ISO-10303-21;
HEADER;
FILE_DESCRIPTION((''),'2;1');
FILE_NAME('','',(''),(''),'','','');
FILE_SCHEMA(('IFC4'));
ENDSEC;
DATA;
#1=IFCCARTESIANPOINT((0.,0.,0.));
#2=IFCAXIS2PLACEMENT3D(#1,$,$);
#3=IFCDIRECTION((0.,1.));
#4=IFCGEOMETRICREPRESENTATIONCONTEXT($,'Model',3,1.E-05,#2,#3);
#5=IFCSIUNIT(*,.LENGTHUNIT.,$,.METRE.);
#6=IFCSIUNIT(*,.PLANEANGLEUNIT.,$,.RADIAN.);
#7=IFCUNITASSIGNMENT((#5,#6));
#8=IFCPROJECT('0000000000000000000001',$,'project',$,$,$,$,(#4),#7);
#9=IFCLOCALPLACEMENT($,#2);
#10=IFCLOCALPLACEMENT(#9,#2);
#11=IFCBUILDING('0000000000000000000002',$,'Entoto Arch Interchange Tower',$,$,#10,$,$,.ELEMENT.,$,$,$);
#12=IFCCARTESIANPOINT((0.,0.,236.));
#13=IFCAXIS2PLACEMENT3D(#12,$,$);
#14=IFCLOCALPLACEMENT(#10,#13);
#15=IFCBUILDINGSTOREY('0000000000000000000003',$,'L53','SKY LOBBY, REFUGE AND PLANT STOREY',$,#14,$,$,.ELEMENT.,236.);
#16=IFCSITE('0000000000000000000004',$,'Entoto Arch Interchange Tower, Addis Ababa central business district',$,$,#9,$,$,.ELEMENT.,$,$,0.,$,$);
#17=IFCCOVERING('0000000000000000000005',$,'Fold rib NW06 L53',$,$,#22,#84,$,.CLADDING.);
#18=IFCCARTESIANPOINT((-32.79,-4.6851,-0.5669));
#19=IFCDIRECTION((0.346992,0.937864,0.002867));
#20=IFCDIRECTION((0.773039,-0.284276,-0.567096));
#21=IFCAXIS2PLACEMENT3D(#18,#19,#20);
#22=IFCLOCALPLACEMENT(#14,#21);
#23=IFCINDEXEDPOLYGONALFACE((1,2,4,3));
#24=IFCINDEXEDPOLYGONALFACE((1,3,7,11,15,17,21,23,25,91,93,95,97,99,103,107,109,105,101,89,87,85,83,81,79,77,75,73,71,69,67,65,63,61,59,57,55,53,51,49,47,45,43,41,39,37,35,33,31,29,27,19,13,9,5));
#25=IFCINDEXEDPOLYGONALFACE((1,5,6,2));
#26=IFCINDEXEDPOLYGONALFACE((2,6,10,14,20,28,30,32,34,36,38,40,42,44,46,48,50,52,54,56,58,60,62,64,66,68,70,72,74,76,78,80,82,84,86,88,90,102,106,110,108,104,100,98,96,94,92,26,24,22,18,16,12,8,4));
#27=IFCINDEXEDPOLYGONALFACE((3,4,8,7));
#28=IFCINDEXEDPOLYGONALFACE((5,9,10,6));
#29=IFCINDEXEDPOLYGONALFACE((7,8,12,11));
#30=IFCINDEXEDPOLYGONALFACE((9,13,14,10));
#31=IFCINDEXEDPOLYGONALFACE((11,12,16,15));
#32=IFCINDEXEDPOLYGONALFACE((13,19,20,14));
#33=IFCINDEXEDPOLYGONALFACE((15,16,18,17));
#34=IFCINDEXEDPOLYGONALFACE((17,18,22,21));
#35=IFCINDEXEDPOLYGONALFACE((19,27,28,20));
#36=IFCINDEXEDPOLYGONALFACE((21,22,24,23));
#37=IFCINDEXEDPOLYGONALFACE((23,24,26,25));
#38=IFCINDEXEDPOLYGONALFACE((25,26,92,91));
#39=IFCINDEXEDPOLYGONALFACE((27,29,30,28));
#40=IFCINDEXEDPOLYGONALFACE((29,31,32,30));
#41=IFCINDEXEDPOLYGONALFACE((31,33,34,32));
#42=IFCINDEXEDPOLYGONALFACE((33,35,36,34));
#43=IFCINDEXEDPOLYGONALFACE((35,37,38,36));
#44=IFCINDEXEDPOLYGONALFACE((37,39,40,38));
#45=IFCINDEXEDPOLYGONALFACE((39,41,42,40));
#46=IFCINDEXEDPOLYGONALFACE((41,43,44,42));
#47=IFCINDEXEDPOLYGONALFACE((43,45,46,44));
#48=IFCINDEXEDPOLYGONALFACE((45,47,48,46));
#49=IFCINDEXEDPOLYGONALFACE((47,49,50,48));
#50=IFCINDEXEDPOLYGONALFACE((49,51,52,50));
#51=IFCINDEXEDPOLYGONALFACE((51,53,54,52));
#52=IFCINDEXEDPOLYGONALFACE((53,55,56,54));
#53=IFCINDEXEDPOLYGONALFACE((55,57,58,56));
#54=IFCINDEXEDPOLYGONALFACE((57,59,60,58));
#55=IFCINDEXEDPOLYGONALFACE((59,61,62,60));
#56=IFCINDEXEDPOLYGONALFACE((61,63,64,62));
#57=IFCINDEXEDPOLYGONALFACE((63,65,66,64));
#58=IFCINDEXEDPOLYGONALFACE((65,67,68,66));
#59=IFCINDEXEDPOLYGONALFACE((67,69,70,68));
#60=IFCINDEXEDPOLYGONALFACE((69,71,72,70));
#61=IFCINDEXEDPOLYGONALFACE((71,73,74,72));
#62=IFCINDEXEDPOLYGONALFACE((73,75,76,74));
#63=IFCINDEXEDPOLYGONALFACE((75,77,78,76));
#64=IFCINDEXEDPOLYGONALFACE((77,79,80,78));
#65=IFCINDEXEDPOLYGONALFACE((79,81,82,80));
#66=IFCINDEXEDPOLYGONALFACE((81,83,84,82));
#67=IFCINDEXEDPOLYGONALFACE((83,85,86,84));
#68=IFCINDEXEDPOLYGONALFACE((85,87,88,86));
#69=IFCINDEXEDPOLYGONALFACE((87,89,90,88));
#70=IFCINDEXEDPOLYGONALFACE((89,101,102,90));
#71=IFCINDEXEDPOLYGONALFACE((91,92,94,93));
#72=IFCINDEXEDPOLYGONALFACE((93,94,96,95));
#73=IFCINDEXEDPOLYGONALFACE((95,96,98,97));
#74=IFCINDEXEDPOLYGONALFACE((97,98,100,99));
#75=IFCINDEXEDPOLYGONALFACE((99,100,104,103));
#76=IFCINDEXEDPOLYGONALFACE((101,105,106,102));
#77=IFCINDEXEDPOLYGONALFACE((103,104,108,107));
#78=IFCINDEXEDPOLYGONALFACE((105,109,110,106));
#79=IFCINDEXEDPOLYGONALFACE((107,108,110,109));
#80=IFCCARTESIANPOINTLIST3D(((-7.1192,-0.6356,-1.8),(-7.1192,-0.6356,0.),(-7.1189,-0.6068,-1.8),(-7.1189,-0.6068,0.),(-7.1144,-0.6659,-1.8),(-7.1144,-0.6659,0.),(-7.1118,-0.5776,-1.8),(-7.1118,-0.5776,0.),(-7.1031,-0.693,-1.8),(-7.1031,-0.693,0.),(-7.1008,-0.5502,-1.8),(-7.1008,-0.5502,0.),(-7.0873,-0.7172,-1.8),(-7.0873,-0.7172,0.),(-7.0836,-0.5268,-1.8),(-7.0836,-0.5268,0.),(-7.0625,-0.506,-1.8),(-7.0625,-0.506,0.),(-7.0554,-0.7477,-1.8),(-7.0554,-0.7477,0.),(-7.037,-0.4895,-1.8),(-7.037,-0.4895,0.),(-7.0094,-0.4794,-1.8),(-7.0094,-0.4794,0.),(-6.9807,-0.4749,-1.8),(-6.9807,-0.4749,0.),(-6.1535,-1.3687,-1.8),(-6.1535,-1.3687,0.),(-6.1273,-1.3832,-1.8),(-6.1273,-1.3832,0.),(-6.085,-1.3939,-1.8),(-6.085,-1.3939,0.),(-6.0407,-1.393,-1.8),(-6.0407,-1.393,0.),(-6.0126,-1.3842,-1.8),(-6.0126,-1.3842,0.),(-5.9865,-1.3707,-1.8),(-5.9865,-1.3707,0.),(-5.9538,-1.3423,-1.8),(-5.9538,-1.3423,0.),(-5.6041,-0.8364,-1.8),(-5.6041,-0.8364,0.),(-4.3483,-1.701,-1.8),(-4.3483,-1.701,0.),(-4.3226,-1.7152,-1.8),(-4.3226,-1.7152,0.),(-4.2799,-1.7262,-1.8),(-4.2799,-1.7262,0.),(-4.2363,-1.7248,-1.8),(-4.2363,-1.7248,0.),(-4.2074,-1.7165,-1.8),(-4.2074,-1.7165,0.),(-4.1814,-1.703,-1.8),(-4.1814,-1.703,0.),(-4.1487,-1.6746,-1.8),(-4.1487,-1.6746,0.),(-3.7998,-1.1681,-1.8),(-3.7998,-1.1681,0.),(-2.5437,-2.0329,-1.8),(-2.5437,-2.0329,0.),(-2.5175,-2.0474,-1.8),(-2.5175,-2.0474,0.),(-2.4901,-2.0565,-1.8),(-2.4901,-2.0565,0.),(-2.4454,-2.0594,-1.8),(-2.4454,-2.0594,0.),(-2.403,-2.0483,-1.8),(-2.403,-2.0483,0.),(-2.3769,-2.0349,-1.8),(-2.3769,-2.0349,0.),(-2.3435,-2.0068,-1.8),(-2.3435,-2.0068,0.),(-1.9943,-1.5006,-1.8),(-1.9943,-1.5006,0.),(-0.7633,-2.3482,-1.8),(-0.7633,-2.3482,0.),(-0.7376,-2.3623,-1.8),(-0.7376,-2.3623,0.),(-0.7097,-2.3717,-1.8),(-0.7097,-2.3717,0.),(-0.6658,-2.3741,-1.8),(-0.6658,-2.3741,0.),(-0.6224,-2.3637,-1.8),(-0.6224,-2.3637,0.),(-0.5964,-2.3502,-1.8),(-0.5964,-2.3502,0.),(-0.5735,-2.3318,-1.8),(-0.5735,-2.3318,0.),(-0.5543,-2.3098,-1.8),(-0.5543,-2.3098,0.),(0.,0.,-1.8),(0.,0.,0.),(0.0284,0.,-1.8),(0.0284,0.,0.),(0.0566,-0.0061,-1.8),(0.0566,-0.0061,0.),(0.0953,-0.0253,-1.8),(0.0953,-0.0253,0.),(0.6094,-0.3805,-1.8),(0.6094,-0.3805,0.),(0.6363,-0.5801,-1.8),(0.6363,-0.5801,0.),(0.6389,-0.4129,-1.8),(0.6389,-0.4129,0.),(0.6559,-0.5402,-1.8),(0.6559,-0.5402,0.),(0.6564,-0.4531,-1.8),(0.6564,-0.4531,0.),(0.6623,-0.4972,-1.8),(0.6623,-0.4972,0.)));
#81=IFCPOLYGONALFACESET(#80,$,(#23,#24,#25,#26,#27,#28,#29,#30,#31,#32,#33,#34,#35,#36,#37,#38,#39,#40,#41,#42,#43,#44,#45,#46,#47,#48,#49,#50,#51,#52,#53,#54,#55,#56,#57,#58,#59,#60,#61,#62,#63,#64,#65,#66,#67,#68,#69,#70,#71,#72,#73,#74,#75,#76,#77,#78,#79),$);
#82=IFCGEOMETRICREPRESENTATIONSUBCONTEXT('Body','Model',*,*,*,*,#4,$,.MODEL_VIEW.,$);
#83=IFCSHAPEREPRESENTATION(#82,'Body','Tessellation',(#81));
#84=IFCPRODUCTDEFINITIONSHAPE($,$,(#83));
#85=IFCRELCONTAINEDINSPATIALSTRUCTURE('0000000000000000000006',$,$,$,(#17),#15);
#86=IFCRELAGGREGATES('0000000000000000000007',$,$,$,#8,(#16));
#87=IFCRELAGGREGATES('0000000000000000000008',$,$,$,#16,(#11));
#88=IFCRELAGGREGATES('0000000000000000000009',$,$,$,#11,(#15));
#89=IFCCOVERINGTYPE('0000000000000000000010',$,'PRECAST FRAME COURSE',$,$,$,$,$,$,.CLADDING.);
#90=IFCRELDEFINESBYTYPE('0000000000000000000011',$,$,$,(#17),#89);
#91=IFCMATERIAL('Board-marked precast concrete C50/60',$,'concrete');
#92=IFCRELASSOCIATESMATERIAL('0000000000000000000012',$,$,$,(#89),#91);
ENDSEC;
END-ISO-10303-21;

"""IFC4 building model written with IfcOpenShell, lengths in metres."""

from ifc_helpers import new_model, si_unit, direction, frame, origin, place, context, subcontext, project, spatial, polyline, outline, extrude, material, type_object, element, save


model = new_model("IFC4")

# Units and contexts
model_context = context("Model", 3, precision=1e-05, world=origin(), true_north=direction((0.0, 1.0)))
body_context = subcontext(model_context, "Body", "Model", "MODEL_VIEW")
ifc_project = project(units=[si_unit("LENGTHUNIT", "METRE"), si_unit("PLANEANGLEUNIT", "RADIAN")], contexts=[model_context])

# Site, building, storey
site_placement = place(None, origin())
site = spatial("IfcSite", under=ifc_project, at=site_placement, Name="Entoto Arch Interchange Tower, Addis Ababa central business district", CompositionType="ELEMENT", RefElevation=0.0)
building_placement = place(site_placement, origin())
building = spatial("IfcBuilding", under=site, at=building_placement, Name="Entoto Arch Interchange Tower", CompositionType="ELEMENT")
storey_placement = place(building_placement, frame((0.0, 0.0, 236.0)))
storey = spatial("IfcBuildingStorey", under=building, at=storey_placement, Name="L53", Description="SKY LOBBY, REFUGE AND PLANT STOREY", CompositionType="ELEMENT", Elevation=236.0)

# Shared definitions
ifc_material_1 = material(Name="Board-marked precast concrete C50/60", Category="concrete")

# Covering
covering_type = type_object("IfcCoveringType", Name="PRECAST FRAME COURSE", PredefinedType="CLADDING", material=ifc_material_1)
covering_placement = place(storey_placement, frame((-32.79, -4.6851, -0.5669), z_axis=(0.346992, 0.937864, 0.002867), x_axis=(0.773039, -0.284276, -0.567096)))
element("IfcCovering", 1, at=covering_placement, inside=storey, type_object=covering_type, Name="Fold rib NW06 L53", PredefinedType="CLADDING", context=body_context, shape_type="SweptSolid", body=[
    extrude(outline(polyline([(0.0, 0.0), (0.0284, 0.0), (0.0566, -0.0061), (0.0953, -0.0253), (0.6094, -0.3805), (0.6389, -0.4129), (0.6564, -0.4531), (0.6623, -0.4972), (0.6559, -0.5402), (0.6363, -0.5801), (-0.5543, -2.3098), (-0.5735, -2.3318), (-0.5964, -2.3502), (-0.6224, -2.3637), (-0.6658, -2.3741), (-0.7097, -2.3717), (-0.7376, -2.3623), (-0.7633, -2.3482), (-1.9943, -1.5006), (-2.3435, -2.0068), (-2.3769, -2.0349), (-2.403, -2.0483), (-2.4454, -2.0594), (-2.4901, -2.0565), (-2.5175, -2.0474), (-2.5437, -2.0329), (-3.7998, -1.1681), (-4.1487, -1.6746), (-4.1814, -1.703), (-4.2074, -1.7165), (-4.2363, -1.7248), (-4.2799, -1.7262), (-4.3226, -1.7152), (-4.3483, -1.701), (-5.6041, -0.8364), (-5.9538, -1.3423), (-5.9865, -1.3707), (-6.0126, -1.3842), (-6.0407, -1.393), (-6.085, -1.3939), (-6.1273, -1.3832), (-6.1535, -1.3687), (-7.0554, -0.7477), (-7.0873, -0.7172), (-7.1031, -0.693), (-7.1144, -0.6659), (-7.1192, -0.6356), (-7.1189, -0.6068), (-7.1118, -0.5776), (-7.1008, -0.5502), (-7.0836, -0.5268), (-7.0625, -0.506), (-7.037, -0.4895), (-7.0094, -0.4794), (-6.9807, -0.4749), (0.0, 0.0)])), origin(), (0.0, 0.0, -1.0), 1.8),
])

save(model, "model.ifc")
